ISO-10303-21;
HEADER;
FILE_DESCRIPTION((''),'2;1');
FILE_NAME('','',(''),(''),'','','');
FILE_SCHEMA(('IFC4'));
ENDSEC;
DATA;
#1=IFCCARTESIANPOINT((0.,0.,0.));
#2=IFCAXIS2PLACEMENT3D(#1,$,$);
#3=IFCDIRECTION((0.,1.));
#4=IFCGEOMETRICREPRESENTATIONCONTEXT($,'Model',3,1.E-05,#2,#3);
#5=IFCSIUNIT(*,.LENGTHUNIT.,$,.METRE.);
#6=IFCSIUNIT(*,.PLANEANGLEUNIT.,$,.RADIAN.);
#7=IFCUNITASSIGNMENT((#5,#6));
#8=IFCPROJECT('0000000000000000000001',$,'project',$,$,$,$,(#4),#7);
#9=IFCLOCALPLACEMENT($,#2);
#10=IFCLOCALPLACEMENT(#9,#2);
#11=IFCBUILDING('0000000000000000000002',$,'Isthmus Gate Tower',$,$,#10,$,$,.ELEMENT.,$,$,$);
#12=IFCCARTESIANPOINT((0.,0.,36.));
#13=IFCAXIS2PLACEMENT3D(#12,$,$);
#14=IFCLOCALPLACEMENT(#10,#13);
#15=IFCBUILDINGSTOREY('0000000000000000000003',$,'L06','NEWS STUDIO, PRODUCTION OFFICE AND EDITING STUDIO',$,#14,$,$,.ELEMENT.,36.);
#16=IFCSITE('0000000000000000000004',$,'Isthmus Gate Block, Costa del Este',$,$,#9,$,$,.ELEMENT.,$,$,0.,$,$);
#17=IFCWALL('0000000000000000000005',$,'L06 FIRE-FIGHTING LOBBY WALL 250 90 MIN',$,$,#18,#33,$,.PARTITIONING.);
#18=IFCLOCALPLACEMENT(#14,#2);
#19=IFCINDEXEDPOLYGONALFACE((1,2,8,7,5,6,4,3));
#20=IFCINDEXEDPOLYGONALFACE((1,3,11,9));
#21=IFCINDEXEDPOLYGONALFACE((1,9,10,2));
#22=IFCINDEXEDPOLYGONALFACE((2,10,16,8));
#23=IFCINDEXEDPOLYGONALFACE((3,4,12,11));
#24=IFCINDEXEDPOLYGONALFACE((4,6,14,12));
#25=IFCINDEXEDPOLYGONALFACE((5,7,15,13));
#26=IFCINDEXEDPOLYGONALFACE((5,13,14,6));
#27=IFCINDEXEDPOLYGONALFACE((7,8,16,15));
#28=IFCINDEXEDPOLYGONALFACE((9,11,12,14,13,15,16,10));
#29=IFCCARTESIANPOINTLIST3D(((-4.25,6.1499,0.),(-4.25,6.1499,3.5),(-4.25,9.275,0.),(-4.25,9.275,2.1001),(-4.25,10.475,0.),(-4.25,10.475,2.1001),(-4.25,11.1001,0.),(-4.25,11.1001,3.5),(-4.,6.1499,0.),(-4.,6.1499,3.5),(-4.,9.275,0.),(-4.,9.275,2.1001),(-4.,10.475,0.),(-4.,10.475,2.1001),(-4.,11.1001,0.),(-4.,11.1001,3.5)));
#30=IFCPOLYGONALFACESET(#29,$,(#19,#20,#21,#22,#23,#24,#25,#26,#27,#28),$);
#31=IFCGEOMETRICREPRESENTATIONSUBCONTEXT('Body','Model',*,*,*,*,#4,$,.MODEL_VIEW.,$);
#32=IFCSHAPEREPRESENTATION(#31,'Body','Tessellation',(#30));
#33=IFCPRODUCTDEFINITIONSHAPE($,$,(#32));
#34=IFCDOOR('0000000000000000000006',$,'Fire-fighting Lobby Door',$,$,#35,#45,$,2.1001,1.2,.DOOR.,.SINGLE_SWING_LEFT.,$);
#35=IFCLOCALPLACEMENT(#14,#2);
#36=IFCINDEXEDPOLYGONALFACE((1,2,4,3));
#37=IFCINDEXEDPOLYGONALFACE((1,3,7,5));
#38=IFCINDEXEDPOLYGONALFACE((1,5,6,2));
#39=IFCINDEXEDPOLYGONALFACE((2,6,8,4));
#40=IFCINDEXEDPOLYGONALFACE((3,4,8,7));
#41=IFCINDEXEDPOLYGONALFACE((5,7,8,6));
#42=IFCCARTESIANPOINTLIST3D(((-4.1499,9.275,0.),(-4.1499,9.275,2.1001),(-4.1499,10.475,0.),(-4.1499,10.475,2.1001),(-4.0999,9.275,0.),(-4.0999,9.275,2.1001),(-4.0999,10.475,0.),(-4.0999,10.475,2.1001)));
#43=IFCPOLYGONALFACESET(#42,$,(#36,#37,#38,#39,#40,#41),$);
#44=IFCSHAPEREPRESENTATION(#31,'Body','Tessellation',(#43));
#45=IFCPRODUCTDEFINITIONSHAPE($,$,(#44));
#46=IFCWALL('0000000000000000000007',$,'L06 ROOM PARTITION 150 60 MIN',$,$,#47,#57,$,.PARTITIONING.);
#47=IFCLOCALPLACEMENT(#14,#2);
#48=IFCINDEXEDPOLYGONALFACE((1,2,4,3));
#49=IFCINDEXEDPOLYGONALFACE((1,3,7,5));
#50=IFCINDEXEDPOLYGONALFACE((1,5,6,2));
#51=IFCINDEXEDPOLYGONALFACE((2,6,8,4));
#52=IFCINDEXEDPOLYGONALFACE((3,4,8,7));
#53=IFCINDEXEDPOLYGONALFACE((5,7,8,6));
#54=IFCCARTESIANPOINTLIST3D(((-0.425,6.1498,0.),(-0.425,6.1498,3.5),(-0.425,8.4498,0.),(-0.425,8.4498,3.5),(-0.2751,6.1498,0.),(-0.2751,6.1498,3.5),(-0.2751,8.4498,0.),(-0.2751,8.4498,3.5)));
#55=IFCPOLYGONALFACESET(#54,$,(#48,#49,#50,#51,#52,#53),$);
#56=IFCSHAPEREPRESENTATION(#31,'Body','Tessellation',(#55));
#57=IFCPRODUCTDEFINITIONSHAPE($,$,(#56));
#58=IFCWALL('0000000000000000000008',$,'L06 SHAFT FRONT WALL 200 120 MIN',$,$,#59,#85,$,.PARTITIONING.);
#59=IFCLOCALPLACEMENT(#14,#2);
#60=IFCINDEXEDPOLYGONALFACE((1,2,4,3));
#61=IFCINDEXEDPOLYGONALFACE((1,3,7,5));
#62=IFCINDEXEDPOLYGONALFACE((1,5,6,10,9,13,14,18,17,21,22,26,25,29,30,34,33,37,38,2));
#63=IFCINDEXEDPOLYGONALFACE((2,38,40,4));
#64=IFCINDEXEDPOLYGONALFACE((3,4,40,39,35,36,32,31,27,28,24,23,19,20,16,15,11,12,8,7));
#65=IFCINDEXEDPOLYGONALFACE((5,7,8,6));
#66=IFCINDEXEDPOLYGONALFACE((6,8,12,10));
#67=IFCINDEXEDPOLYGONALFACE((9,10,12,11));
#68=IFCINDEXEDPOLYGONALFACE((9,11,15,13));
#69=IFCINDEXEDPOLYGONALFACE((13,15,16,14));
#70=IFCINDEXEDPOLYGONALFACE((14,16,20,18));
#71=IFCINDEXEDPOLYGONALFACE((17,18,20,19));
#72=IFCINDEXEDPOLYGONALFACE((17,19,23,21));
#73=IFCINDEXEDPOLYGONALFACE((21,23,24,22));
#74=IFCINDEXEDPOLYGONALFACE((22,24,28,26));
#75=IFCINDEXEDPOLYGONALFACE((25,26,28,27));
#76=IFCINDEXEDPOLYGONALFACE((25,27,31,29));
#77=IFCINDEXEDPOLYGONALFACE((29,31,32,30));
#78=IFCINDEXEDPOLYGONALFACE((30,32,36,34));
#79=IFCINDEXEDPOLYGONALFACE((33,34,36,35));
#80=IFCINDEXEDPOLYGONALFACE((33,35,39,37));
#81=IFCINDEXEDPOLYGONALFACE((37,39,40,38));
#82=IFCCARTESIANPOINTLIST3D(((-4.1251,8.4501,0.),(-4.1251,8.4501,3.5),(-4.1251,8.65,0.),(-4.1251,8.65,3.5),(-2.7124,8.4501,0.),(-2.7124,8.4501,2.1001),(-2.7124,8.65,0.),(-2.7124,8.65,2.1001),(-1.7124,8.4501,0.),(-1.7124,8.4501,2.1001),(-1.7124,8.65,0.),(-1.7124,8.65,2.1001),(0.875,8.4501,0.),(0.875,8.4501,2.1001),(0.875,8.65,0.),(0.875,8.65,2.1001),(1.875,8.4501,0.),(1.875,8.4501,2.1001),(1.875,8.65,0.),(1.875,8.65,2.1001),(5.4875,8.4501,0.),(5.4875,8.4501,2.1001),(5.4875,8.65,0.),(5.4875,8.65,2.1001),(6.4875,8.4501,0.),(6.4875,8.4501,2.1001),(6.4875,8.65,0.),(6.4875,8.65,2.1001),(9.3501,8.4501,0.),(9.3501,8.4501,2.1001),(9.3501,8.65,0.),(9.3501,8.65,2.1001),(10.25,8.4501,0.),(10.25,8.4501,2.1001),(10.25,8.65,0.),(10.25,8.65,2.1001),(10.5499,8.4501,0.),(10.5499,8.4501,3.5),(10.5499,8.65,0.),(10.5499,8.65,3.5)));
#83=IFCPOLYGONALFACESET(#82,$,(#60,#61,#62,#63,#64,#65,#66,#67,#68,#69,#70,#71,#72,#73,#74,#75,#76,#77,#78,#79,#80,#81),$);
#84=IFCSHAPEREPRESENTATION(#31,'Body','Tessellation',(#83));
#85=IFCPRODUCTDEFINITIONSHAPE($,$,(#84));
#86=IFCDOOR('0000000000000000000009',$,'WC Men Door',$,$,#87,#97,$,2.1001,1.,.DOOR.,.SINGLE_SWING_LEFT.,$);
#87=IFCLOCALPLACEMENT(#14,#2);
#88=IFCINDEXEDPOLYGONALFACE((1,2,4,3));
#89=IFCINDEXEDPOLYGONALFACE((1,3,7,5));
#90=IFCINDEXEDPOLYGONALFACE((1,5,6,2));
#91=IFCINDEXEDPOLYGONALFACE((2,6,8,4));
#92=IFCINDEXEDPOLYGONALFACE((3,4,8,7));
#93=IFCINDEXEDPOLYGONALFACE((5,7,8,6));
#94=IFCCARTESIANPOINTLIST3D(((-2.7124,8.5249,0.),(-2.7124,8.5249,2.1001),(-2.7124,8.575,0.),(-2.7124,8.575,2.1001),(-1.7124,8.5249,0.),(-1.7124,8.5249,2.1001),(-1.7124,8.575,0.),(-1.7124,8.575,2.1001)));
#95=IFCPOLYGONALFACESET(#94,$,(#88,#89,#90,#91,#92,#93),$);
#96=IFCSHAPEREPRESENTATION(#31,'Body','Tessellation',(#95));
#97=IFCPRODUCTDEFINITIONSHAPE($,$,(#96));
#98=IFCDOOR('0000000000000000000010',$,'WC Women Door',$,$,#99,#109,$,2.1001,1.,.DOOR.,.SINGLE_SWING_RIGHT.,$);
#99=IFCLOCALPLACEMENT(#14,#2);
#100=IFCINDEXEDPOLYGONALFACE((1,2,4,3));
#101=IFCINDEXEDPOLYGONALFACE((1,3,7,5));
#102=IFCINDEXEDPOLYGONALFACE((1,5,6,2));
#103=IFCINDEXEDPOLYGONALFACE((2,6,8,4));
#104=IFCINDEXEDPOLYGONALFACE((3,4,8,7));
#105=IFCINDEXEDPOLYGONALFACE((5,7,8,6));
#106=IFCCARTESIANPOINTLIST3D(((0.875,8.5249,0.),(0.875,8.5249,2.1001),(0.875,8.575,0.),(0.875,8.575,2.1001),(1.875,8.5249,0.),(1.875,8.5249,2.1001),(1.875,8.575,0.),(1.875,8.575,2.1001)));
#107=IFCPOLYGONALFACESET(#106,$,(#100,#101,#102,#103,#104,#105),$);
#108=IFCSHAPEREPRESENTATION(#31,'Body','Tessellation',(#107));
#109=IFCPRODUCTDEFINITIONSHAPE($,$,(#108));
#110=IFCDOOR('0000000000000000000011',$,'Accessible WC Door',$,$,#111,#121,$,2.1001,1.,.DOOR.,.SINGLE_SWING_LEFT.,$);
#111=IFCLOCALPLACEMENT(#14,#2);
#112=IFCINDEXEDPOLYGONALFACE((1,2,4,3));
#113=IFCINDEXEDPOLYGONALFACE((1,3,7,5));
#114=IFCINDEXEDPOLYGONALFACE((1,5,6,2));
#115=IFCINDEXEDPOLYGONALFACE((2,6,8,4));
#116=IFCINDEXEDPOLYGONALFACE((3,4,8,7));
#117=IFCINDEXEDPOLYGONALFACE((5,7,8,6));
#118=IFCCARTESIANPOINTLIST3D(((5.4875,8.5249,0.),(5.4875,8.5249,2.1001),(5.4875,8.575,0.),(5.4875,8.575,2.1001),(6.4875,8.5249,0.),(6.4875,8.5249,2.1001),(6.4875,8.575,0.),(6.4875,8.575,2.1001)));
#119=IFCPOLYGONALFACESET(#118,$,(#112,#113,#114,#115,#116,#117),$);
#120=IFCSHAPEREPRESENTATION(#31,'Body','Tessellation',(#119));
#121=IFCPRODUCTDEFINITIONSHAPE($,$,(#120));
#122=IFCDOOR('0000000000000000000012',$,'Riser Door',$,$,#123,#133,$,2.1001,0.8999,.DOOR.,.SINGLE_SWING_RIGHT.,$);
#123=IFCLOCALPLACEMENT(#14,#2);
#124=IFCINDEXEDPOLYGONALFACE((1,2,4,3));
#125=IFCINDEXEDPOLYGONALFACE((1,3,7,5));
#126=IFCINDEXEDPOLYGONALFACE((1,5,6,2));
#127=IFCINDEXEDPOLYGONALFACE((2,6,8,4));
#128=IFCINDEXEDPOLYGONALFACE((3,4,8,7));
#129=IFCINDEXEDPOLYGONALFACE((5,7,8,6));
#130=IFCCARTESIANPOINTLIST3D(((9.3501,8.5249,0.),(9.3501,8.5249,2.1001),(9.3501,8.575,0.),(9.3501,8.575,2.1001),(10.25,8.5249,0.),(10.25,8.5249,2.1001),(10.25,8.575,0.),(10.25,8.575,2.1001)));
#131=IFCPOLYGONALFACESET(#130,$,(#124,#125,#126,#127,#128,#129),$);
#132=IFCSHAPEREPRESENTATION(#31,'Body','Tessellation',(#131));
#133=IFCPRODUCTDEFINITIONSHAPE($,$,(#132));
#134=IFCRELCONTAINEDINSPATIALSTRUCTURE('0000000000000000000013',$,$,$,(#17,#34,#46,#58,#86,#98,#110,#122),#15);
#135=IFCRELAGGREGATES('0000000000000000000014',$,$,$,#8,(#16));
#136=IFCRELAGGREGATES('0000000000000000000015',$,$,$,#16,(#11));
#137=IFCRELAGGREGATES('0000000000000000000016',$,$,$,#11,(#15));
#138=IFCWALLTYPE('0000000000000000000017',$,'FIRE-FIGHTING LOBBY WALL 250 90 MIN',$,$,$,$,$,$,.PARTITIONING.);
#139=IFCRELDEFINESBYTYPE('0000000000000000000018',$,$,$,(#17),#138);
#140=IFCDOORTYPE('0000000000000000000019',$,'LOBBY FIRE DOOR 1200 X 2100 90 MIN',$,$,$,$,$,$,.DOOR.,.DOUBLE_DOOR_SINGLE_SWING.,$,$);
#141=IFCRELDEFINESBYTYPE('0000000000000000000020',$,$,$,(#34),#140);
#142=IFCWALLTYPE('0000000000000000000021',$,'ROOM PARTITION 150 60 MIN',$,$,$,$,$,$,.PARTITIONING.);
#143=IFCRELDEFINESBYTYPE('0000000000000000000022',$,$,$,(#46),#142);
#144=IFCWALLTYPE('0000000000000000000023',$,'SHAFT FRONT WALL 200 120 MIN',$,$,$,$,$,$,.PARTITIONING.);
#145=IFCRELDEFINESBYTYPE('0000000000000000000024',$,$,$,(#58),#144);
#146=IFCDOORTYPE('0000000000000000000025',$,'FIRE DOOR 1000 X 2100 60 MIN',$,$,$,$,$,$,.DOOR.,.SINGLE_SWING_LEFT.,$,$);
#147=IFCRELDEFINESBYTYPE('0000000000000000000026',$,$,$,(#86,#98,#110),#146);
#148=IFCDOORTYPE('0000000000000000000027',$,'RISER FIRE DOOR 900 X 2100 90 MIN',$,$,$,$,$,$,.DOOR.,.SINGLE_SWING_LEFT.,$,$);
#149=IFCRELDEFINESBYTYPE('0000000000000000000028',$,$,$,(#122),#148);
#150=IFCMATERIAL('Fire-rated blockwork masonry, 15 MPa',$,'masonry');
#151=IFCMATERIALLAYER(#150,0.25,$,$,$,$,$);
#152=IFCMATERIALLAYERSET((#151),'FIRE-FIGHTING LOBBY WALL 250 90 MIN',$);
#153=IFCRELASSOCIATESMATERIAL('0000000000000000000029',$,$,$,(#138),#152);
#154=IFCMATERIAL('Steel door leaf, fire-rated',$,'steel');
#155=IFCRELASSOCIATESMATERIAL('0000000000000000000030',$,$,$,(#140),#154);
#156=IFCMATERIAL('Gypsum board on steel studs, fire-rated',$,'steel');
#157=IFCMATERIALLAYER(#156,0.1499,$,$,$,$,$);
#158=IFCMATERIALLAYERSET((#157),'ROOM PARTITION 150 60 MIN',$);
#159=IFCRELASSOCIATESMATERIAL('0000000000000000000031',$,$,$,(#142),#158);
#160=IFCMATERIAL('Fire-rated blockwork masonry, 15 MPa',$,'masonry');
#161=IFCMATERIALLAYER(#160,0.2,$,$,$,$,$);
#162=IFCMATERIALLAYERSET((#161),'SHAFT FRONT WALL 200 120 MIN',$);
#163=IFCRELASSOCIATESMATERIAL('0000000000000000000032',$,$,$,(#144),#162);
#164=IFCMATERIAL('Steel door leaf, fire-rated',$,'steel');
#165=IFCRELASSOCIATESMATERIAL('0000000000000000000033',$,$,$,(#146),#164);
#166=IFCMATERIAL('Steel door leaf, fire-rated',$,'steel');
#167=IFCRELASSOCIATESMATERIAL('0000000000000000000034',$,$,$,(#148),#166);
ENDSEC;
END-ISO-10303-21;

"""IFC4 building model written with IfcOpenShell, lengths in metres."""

from ifc_helpers import new_model, si_unit, direction, frame, frame_2d, origin, place, context, subcontext, project, spatial, rectangle, extrude, material, layer, layer_set, type_object, element, fill, save


model = new_model("IFC4")

# Units and contexts
model_context = context("Model", 3, precision=1e-05, world=origin(), true_north=direction((0.0, 1.0)))
body_context = subcontext(model_context, "Body", "Model", "MODEL_VIEW")
ifc_project = project(units=[si_unit("LENGTHUNIT", "METRE"), si_unit("PLANEANGLEUNIT", "RADIAN")], contexts=[model_context])

# Site, building, storey
site_placement = place(None, origin())
site = spatial("IfcSite", under=ifc_project, at=site_placement, Name="Isthmus Gate Block, Costa del Este", CompositionType="ELEMENT", RefElevation=0.0)
building_placement = place(site_placement, origin())
building = spatial("IfcBuilding", under=site, at=building_placement, Name="Isthmus Gate Tower", CompositionType="ELEMENT")
storey_placement = place(building_placement, frame((0.0, 0.0, 36.0)))
storey = spatial("IfcBuildingStorey", under=building, at=storey_placement, Name="L06", Description="NEWS STUDIO, PRODUCTION OFFICE AND EDITING STUDIO", CompositionType="ELEMENT", Elevation=36.0)

# Wall, opening, door
ifc_material_1 = material(Name="Fire-rated blockwork masonry, 15 MPa", Category="masonry")
ifc_layer_1 = layer(ifc_material_1, 0.25)
ifc_layer_set_1 = layer_set([ifc_layer_1], Name="FIRE-FIGHTING LOBBY WALL 250 90 MIN")
wall_type_1 = type_object("IfcWallType", Name="FIRE-FIGHTING LOBBY WALL 250 90 MIN", PredefinedType="PARTITIONING", material=ifc_layer_set_1)
wall_1_placement = place(storey_placement, frame((-4.125, 6.1499, 0.0), z_axis=(0.0, 0.0, 1.0), x_axis=(0.0, 1.0, 0.0)))
wall_1 = element("IfcWall", 1, at=wall_1_placement, inside=storey, type_object=wall_type_1, Name="L06 FIRE-FIGHTING LOBBY WALL 250 90 MIN", PredefinedType="PARTITIONING", context=body_context, shape_type="SweptSolid", body=[
    extrude(rectangle(XDim=4.9502, YDim=0.25, at=frame_2d((2.4751, 0.0))), origin(), (0.0, 0.0, 1.0), 3.5),
])
opening_1_placement = place(wall_1_placement, frame((3.125, 0.0, 0.0)))
opening_1 = element("IfcOpeningElement", 2, at=opening_1_placement, cuts=wall_1, PredefinedType="OPENING", context=body_context, shape_type="SweptSolid", body=[
    extrude(rectangle(XDim=1.2, YDim=2.1001, at=frame_2d((0.6001, 1.05))), frame((0.0, 0.135, 0.0), z_axis=(0.0, -1.0, 0.0), x_axis=(1.0, 0.0, 0.0)), (0.0, 0.0, 1.0), 0.27),
])
ifc_material_2 = material(Name="Steel door leaf, fire-rated", Category="steel")
door_type_1 = type_object("IfcDoorType", Name="LOBBY FIRE DOOR 1200 X 2100 90 MIN", OperationType="DOUBLE_DOOR_SINGLE_SWING", PredefinedType="DOOR", material=ifc_material_2)
door_1_placement = place(opening_1_placement, origin())
door_1 = element("IfcDoor", 3, at=door_1_placement, inside=storey, type_object=door_type_1, Name="Fire-fighting Lobby Door", OperationType="SINGLE_SWING_LEFT", OverallHeight=2.1001, OverallWidth=1.2, PredefinedType="DOOR", context=body_context, shape_type="SweptSolid", body=[
    extrude(rectangle(XDim=1.2, YDim=2.1001, at=frame_2d((0.6001, 1.05))), frame((0.0, 0.0249, 0.0), z_axis=(0.0, -1.0, 0.0), x_axis=(1.0, 0.0, 0.0)), (0.0, 0.0, 1.0), 0.05),
])
fill(opening_1, door_1)

# Wall
ifc_material_3 = material(Name="Gypsum board on steel studs, fire-rated", Category="steel")
ifc_layer_2 = layer(ifc_material_3, 0.1499)
ifc_layer_set_2 = layer_set([ifc_layer_2], Name="ROOM PARTITION 150 60 MIN")
wall_type_2 = type_object("IfcWallType", Name="ROOM PARTITION 150 60 MIN", PredefinedType="PARTITIONING", material=ifc_layer_set_2)
wall_2_placement = place(storey_placement, frame((-0.3501, 6.1499, 0.0), z_axis=(0.0, 0.0, 1.0), x_axis=(0.0, 1.0, 0.0)))
element("IfcWall", 4, at=wall_2_placement, inside=storey, type_object=wall_type_2, Name="L06 ROOM PARTITION 150 60 MIN", PredefinedType="PARTITIONING", context=body_context, shape_type="SweptSolid", body=[
    extrude(rectangle(XDim=2.3, YDim=0.1499, at=frame_2d((1.1499, 0.0))), origin(), (0.0, 0.0, 1.0), 3.5),
])

# Wall, openings, doors
ifc_material_4 = material(Name="Fire-rated blockwork masonry, 15 MPa", Category="masonry")
ifc_layer_3 = layer(ifc_material_4, 0.2)
ifc_layer_set_3 = layer_set([ifc_layer_3], Name="SHAFT FRONT WALL 200 120 MIN")
wall_type_3 = type_object("IfcWallType", Name="SHAFT FRONT WALL 200 120 MIN", PredefinedType="PARTITIONING", material=ifc_layer_set_3)
wall_3_placement = place(storey_placement, frame((-4.125, 8.55, 0.0), z_axis=(0.0, 0.0, 1.0), x_axis=(1.0, 0.0, 0.0)))
wall_3 = element("IfcWall", 5, at=wall_3_placement, inside=storey, type_object=wall_type_3, Name="L06 SHAFT FRONT WALL 200 120 MIN", PredefinedType="PARTITIONING", context=body_context, shape_type="SweptSolid", body=[
    extrude(rectangle(XDim=14.675, YDim=0.2, at=frame_2d((7.3374, 0.0))), origin(), (0.0, 0.0, 1.0), 3.5),
])
opening_2_placement = place(wall_3_placement, frame((1.4126, 0.0, 0.0)))
opening_2 = element("IfcOpeningElement", 6, at=opening_2_placement, cuts=wall_3, PredefinedType="OPENING", context=body_context, shape_type="SweptSolid", body=[
    extrude(rectangle(XDim=1.0, YDim=2.1001, at=frame_2d((0.5, 1.05))), frame((0.0, 0.1099, 0.0), z_axis=(0.0, -1.0, 0.0), x_axis=(1.0, 0.0, 0.0)), (0.0, 0.0, 1.0), 0.22),
])
opening_3_placement = place(wall_3_placement, frame((5.0, 0.0, 0.0)))
opening_3 = element("IfcOpeningElement", 7, at=opening_3_placement, cuts=wall_3, PredefinedType="OPENING", context=body_context, shape_type="SweptSolid", body=[
    extrude(rectangle(XDim=1.0, YDim=2.1001, at=frame_2d((0.5, 1.05))), frame((0.0, 0.1099, 0.0), z_axis=(0.0, -1.0, 0.0), x_axis=(1.0, 0.0, 0.0)), (0.0, 0.0, 1.0), 0.22),
])
opening_4_placement = place(wall_3_placement, frame((9.6125, 0.0, 0.0)))
opening_4 = element("IfcOpeningElement", 8, at=opening_4_placement, cuts=wall_3, PredefinedType="OPENING", context=body_context, shape_type="SweptSolid", body=[
    extrude(rectangle(XDim=1.0, YDim=2.1001, at=frame_2d((0.5, 1.05))), frame((0.0, 0.1099, 0.0), z_axis=(0.0, -1.0, 0.0), x_axis=(1.0, 0.0, 0.0)), (0.0, 0.0, 1.0), 0.22),
])
opening_5_placement = place(wall_3_placement, frame((13.4751, 0.0, 0.0)))
opening_5 = element("IfcOpeningElement", 9, at=opening_5_placement, cuts=wall_3, PredefinedType="OPENING", context=body_context, shape_type="SweptSolid", body=[
    extrude(rectangle(XDim=0.8999, YDim=2.1001, at=frame_2d((0.45, 1.05))), frame((0.0, 0.1099, 0.0), z_axis=(0.0, -1.0, 0.0), x_axis=(1.0, 0.0, 0.0)), (0.0, 0.0, 1.0), 0.22),
])
ifc_material_5 = material(Name="Steel door leaf, fire-rated", Category="steel")
door_type_2 = type_object("IfcDoorType", Name="FIRE DOOR 1000 X 2100 60 MIN", OperationType="SINGLE_SWING_LEFT", PredefinedType="DOOR", material=ifc_material_5)
door_2_placement = place(opening_2_placement, origin())
door_2 = element("IfcDoor", 10, at=door_2_placement, inside=storey, type_object=door_type_2, Name="WC Men Door", OperationType="SINGLE_SWING_LEFT", OverallHeight=2.1001, OverallWidth=1.0, PredefinedType="DOOR", context=body_context, shape_type="SweptSolid", body=[
    extrude(rectangle(XDim=1.0, YDim=2.1001, at=frame_2d((0.5, 1.05))), frame((0.0, 0.0249, 0.0), z_axis=(0.0, -1.0, 0.0), x_axis=(1.0, 0.0, 0.0)), (0.0, 0.0, 1.0), 0.05),
])
fill(opening_2, door_2)
door_3_placement = place(opening_3_placement, origin())
door_3 = element("IfcDoor", 11, at=door_3_placement, inside=storey, type_object=door_type_2, Name="WC Women Door", OperationType="SINGLE_SWING_RIGHT", OverallHeight=2.1001, OverallWidth=1.0, PredefinedType="DOOR", context=body_context, shape_type="SweptSolid", body=[
    extrude(rectangle(XDim=1.0, YDim=2.1001, at=frame_2d((0.5, 1.05))), frame((0.0, 0.0249, 0.0), z_axis=(0.0, -1.0, 0.0), x_axis=(1.0, 0.0, 0.0)), (0.0, 0.0, 1.0), 0.05),
])
fill(opening_3, door_3)
door_4_placement = place(opening_4_placement, origin())
door_4 = element("IfcDoor", 12, at=door_4_placement, inside=storey, type_object=door_type_2, Name="Accessible WC Door", OperationType="SINGLE_SWING_LEFT", OverallHeight=2.1001, OverallWidth=1.0, PredefinedType="DOOR", context=body_context, shape_type="SweptSolid", body=[
    extrude(rectangle(XDim=1.0, YDim=2.1001, at=frame_2d((0.5, 1.05))), frame((0.0, 0.0249, 0.0), z_axis=(0.0, -1.0, 0.0), x_axis=(1.0, 0.0, 0.0)), (0.0, 0.0, 1.0), 0.05),
])
fill(opening_4, door_4)
ifc_material_6 = material(Name="Steel door leaf, fire-rated", Category="steel")
door_type_3 = type_object("IfcDoorType", Name="RISER FIRE DOOR 900 X 2100 90 MIN", OperationType="SINGLE_SWING_LEFT", PredefinedType="DOOR", material=ifc_material_6)
door_5_placement = place(opening_5_placement, origin())
door_5 = element("IfcDoor", 13, at=door_5_placement, inside=storey, type_object=door_type_3, Name="Riser Door", OperationType="SINGLE_SWING_RIGHT", OverallHeight=2.1001, OverallWidth=0.8999, PredefinedType="DOOR", context=body_context, shape_type="SweptSolid", body=[
    extrude(rectangle(XDim=0.8999, YDim=2.1001, at=frame_2d((0.45, 1.05))), frame((0.0, 0.0249, 0.0), z_axis=(0.0, -1.0, 0.0), x_axis=(1.0, 0.0, 0.0)), (0.0, 0.0, 1.0), 0.05),
])
fill(opening_5, door_5)

save(model, "model.ifc")
